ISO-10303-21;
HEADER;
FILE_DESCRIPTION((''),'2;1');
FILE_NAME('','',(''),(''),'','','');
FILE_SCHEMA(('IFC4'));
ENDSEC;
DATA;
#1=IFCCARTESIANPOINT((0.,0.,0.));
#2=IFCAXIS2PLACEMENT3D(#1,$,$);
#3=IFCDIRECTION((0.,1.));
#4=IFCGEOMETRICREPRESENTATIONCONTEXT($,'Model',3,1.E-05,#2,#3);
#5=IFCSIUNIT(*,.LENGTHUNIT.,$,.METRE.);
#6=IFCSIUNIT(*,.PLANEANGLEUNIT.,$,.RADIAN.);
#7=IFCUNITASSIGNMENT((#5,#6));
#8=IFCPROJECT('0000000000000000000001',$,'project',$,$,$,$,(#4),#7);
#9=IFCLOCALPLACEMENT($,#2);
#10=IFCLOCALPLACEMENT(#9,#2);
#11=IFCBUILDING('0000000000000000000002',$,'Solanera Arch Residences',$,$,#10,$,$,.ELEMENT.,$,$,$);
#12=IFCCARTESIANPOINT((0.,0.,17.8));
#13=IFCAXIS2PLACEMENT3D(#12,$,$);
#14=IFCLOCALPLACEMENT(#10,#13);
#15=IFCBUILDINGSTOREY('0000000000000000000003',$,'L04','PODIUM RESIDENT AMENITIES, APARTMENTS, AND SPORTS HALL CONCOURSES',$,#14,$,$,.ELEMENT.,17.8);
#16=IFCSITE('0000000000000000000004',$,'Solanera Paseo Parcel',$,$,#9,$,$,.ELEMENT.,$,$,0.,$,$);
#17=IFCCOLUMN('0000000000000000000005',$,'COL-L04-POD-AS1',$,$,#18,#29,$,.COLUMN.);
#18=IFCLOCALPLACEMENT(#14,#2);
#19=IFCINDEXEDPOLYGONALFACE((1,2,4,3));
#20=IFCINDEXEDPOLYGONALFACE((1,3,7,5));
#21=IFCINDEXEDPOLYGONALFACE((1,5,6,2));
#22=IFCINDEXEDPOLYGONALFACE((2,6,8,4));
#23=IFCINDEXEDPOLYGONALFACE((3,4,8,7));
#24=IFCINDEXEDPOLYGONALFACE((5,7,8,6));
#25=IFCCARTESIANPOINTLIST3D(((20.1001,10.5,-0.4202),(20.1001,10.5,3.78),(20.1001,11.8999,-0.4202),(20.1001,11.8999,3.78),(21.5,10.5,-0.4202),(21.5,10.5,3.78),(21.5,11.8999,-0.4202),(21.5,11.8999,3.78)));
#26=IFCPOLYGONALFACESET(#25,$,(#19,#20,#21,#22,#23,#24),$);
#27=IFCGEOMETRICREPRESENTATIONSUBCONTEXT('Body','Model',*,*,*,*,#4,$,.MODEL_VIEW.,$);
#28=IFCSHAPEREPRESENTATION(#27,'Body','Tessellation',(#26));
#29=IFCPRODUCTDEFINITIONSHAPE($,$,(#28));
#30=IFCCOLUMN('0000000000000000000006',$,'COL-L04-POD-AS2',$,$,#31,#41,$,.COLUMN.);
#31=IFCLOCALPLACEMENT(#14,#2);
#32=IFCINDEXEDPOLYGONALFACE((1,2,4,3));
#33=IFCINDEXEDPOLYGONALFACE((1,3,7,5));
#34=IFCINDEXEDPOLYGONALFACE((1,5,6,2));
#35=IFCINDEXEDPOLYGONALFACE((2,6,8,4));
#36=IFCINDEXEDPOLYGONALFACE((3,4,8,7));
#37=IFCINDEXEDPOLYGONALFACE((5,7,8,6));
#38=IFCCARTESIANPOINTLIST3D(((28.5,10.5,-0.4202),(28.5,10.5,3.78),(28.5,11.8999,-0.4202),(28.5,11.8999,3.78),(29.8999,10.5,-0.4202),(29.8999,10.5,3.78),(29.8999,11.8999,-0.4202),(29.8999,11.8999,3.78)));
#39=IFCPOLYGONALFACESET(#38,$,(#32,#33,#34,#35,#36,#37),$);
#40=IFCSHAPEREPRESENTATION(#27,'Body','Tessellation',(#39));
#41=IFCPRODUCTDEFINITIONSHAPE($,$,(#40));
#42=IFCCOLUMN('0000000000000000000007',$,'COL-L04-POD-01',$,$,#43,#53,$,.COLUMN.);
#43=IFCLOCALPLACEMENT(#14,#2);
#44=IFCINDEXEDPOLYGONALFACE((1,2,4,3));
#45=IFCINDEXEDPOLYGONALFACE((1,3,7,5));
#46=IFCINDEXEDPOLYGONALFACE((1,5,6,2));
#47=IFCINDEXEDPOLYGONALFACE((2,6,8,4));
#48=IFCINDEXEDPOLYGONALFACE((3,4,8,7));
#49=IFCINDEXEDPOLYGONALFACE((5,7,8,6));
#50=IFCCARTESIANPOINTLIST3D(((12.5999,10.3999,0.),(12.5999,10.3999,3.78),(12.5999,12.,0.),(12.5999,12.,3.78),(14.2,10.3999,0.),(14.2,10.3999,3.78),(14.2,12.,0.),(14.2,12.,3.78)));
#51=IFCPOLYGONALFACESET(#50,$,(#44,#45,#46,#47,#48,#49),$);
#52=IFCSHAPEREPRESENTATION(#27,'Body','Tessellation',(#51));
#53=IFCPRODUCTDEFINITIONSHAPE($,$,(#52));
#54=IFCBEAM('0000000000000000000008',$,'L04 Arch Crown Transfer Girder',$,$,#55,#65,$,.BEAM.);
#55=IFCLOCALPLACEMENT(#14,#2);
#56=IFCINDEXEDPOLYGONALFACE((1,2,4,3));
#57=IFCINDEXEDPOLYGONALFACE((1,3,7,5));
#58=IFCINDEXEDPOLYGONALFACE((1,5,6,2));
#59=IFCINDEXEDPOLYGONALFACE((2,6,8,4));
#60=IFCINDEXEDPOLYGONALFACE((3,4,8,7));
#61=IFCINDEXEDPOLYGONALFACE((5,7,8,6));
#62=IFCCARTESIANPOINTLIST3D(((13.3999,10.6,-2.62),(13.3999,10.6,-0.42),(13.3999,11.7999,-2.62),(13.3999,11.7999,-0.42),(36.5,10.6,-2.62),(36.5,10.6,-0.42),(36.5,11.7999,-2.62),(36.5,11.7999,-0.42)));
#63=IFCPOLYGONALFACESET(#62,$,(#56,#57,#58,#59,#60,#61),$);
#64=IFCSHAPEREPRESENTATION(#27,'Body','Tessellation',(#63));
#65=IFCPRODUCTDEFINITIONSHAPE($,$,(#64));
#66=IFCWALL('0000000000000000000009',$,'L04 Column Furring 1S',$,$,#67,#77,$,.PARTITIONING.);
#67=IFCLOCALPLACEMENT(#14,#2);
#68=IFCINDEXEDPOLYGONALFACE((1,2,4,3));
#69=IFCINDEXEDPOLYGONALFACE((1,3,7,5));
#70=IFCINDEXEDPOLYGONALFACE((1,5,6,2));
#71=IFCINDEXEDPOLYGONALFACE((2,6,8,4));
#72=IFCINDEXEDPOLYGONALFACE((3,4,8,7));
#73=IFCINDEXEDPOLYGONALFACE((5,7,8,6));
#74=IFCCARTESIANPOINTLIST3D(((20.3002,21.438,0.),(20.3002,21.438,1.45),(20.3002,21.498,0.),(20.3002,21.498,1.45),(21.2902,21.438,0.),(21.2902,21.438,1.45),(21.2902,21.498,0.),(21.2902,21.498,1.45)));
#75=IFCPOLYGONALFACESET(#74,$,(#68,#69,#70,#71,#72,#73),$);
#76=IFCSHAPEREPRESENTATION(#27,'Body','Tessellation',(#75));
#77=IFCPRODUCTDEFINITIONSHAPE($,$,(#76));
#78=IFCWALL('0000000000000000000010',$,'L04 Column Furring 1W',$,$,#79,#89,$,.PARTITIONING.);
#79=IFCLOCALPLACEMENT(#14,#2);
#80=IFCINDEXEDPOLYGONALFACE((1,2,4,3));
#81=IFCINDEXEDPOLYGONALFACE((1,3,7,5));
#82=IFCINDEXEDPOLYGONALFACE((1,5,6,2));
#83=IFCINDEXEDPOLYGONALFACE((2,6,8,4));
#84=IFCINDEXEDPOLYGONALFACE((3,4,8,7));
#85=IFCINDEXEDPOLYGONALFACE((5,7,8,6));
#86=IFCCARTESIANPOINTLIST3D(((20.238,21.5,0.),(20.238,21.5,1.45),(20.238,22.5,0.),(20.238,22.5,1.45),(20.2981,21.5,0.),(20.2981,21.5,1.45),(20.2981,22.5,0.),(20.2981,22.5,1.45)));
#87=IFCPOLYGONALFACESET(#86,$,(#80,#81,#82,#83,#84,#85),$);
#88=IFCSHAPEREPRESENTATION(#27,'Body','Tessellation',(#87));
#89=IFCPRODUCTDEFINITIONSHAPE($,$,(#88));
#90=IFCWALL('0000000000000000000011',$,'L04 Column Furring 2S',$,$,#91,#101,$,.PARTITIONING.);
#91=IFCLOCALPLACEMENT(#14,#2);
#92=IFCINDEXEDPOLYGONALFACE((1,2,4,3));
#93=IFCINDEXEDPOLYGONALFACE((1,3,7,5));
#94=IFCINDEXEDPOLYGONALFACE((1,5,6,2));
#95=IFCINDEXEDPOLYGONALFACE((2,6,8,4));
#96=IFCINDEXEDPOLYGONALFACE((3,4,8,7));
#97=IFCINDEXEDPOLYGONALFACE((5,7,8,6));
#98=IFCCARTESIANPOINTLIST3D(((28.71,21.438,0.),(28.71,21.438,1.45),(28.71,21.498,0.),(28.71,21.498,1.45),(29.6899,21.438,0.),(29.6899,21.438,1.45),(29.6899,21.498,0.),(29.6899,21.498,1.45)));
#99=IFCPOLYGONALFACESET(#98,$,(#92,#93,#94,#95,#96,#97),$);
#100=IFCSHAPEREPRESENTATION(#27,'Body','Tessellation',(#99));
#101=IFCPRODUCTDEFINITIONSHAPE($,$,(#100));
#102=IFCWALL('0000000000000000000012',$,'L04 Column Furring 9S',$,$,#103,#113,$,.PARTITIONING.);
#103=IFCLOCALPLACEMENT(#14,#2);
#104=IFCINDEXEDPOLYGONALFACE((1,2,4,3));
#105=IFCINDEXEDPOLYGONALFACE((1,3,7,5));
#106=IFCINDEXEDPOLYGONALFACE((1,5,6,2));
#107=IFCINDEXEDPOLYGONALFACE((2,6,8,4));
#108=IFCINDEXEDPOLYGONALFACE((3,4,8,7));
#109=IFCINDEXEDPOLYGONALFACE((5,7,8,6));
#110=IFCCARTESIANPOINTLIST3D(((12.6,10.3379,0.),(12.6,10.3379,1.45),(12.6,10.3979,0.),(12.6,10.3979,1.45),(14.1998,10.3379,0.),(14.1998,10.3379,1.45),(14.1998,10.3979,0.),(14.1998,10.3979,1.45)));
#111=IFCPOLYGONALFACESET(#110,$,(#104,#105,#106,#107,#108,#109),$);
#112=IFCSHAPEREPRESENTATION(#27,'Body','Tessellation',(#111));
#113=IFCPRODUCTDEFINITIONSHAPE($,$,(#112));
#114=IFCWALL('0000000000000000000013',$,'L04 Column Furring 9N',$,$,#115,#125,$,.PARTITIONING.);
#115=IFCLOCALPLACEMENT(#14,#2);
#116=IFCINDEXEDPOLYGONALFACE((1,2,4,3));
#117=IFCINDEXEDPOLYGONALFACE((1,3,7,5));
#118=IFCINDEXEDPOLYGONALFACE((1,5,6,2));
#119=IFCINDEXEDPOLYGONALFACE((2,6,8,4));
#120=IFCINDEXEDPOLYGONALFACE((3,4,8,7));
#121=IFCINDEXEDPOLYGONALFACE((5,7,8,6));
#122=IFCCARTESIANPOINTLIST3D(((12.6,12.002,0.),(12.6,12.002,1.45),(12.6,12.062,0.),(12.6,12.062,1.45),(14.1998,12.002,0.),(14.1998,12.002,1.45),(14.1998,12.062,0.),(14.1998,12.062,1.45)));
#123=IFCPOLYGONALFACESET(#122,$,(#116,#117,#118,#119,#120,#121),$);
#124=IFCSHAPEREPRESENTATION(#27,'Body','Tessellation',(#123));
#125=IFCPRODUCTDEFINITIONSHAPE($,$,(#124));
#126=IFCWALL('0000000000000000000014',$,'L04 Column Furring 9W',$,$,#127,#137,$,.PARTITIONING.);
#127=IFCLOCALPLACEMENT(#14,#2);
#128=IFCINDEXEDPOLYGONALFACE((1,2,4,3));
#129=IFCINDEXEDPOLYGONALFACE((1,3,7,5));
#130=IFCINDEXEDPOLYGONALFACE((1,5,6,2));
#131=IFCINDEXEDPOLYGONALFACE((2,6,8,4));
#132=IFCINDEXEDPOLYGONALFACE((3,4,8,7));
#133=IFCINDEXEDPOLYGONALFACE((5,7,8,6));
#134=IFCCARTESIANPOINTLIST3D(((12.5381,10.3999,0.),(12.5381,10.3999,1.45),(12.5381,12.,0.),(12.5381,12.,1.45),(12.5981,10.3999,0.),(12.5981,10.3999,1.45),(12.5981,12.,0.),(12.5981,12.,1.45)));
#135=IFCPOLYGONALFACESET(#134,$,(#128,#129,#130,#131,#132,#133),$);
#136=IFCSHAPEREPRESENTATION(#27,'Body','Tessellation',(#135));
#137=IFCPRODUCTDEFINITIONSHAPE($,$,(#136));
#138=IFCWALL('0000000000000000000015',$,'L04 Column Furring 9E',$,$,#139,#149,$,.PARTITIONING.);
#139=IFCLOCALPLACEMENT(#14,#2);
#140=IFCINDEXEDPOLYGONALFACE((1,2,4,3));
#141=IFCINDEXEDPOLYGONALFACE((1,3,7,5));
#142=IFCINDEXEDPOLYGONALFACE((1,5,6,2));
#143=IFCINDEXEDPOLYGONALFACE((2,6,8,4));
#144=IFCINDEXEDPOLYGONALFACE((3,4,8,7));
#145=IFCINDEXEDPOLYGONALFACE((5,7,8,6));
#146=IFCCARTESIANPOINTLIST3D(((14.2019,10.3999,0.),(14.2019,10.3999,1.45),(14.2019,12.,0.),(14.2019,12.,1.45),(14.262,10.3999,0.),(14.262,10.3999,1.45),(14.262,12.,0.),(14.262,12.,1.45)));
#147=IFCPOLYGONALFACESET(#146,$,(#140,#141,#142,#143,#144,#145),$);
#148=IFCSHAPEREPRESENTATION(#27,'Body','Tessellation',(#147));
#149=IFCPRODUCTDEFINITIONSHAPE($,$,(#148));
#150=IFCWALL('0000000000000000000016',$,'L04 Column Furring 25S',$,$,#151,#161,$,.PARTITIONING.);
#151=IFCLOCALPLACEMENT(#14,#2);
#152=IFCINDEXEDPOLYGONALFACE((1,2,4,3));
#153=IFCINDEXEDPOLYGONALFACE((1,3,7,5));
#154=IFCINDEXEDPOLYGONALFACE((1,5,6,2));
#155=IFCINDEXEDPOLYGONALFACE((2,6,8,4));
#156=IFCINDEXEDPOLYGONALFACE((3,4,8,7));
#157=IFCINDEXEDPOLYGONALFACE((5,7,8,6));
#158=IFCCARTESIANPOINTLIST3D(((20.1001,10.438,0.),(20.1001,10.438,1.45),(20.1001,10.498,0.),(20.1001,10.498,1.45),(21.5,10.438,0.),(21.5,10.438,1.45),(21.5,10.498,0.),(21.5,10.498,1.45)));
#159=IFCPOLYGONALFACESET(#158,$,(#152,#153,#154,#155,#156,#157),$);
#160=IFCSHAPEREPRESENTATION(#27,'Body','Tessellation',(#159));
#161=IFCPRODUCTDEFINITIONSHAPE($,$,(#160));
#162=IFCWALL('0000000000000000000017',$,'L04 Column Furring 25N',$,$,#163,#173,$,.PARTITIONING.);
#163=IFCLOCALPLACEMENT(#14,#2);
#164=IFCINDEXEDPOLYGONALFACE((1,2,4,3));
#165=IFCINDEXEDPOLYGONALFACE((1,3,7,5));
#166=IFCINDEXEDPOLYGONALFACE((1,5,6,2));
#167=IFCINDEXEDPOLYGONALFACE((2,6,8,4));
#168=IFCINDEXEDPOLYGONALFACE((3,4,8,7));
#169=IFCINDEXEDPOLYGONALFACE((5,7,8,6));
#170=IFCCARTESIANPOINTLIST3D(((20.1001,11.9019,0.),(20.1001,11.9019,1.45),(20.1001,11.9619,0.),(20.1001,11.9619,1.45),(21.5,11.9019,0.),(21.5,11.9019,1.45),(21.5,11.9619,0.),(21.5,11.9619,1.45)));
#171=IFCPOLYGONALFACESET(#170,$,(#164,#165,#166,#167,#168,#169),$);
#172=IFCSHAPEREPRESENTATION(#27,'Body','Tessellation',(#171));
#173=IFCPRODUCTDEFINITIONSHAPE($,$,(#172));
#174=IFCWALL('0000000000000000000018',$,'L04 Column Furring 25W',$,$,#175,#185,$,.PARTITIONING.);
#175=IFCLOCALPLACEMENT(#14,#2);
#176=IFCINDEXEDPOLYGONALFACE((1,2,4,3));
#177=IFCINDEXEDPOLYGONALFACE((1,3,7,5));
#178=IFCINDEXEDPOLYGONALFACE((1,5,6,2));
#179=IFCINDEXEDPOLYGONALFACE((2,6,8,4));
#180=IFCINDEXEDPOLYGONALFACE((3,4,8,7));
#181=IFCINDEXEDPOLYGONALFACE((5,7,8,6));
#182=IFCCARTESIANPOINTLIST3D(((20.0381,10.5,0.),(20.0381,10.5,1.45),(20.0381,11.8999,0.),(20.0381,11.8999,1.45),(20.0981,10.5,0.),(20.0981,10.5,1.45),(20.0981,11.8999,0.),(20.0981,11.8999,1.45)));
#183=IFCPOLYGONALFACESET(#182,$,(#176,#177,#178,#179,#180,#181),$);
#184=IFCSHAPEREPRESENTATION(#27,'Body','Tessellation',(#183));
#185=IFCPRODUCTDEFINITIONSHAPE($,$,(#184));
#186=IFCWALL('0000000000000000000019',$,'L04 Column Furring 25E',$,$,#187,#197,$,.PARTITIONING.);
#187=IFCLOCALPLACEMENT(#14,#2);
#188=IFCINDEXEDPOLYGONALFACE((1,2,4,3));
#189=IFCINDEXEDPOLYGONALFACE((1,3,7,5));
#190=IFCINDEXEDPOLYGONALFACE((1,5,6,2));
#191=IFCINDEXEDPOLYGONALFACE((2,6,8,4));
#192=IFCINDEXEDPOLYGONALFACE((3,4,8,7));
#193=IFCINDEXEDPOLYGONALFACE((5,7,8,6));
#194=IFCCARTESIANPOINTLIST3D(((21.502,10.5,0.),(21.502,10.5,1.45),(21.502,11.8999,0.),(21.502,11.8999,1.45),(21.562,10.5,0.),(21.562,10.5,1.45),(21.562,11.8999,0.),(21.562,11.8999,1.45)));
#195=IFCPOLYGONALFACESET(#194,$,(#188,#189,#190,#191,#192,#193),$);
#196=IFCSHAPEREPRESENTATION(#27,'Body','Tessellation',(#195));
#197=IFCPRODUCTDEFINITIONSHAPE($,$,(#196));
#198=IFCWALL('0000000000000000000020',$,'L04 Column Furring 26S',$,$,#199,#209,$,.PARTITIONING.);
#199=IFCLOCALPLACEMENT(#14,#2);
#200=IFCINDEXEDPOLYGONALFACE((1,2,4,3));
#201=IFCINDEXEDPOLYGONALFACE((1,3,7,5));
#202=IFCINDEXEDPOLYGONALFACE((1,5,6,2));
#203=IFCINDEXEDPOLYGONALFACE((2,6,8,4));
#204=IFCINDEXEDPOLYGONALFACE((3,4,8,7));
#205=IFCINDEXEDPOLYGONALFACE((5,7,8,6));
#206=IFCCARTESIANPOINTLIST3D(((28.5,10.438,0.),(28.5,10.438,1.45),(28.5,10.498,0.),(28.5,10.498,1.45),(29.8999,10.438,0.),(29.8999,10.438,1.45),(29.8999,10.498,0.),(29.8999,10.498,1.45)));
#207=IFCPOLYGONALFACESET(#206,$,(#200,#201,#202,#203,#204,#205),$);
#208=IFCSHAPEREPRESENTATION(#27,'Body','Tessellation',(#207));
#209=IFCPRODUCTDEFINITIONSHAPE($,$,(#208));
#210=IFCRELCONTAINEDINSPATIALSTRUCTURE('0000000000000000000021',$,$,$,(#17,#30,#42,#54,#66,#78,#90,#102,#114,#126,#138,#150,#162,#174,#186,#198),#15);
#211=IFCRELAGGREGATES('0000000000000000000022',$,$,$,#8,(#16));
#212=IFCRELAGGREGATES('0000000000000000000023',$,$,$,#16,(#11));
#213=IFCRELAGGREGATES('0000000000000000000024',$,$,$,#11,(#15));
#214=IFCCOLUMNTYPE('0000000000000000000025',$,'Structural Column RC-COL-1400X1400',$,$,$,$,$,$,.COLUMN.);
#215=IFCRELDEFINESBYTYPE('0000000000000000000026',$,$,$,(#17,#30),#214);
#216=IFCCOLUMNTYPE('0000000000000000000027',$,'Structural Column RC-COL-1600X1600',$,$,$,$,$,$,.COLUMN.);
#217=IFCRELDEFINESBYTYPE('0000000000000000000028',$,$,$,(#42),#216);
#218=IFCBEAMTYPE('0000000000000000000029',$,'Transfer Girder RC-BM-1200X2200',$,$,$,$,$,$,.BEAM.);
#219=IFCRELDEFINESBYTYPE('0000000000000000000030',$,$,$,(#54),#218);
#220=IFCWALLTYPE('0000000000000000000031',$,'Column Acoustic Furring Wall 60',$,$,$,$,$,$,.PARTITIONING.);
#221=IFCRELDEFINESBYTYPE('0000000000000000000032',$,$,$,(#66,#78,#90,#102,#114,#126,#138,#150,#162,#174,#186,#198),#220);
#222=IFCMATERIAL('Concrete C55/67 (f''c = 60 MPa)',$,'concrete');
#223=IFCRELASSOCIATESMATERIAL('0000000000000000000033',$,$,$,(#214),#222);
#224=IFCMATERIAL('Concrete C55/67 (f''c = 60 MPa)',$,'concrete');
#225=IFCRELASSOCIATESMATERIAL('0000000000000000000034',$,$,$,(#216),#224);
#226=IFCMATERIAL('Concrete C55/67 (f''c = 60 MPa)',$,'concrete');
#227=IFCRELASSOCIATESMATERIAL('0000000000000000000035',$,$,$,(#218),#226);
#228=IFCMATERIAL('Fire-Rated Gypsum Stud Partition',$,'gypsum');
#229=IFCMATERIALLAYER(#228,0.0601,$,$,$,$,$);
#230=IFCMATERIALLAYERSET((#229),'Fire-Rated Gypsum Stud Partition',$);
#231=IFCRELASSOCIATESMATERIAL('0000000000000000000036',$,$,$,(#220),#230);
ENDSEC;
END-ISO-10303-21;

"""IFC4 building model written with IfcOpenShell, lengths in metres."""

from ifc_helpers import new_model, si_unit, direction, frame, frame_2d, origin, origin_2d, place, context, subcontext, project, spatial, rectangle, extrude, material, layer, layer_set, material_profile, profile_set, type_object, element, save


model = new_model("IFC4")

# Units and contexts
model_context = context("Model", 3, precision=1e-05, world=origin(), true_north=direction((0.0, 1.0)))
body_context = subcontext(model_context, "Body", "Model", "MODEL_VIEW")
ifc_project = project(units=[si_unit("LENGTHUNIT", "METRE"), si_unit("PLANEANGLEUNIT", "RADIAN")], contexts=[model_context])

# Site, building, storey
site_placement = place(None, origin())
site = spatial("IfcSite", under=ifc_project, at=site_placement, Name="Solanera Paseo Parcel", CompositionType="ELEMENT", RefElevation=0.0)
building_placement = place(site_placement, origin())
building = spatial("IfcBuilding", under=site, at=building_placement, Name="Solanera Arch Residences", CompositionType="ELEMENT")
storey_placement = place(building_placement, frame((0.0, 0.0, 17.8)))
storey = spatial("IfcBuildingStorey", under=building, at=storey_placement, Name="L04", Description="PODIUM RESIDENT AMENITIES, APARTMENTS, AND SPORTS HALL CONCOURSES", CompositionType="ELEMENT", Elevation=17.8)

# Columns
ifc_material_1 = material(Name="Concrete C55/67 (f'c = 60 MPa)", Category="concrete")
ifc_material_profile_1 = material_profile(ifc_material_1, rectangle(XDim=1.3999, YDim=1.3999, at=origin_2d()))
ifc_profile_set_1 = profile_set([ifc_material_profile_1], Name="Concrete C55/67 (f'c = 60 MPa)")
column_type_1 = type_object("IfcColumnType", Name="Structural Column RC-COL-1400X1400", PredefinedType="COLUMN", material=ifc_profile_set_1)
for number, where, z_axis, x_axis, name in (
    (1, (20.8, 11.2, -0.4202), (0.0, 0.0, 1.0), (1.0, 0.0, 0.0), "COL-L04-POD-AS1"),
    (2, (29.2, 11.2, -0.4202), (0.0, 0.0, 1.0), (1.0, 0.0, 0.0), "COL-L04-POD-AS2"),
):
    element("IfcColumn", number, at=place(storey_placement, frame(where, z_axis=z_axis, x_axis=x_axis)), inside=storey, type_object=column_type_1, Name=name, PredefinedType="COLUMN", context=body_context, shape_type="SweptSolid", body=[
        extrude(rectangle(XDim=1.3999, YDim=1.3999, at=origin_2d()), origin(), (0.0, 0.0, 1.0), 4.2002),
    ])
ifc_material_2 = material(Name="Concrete C55/67 (f'c = 60 MPa)", Category="concrete")
ifc_material_profile_2 = material_profile(ifc_material_2, rectangle(XDim=1.6001, YDim=1.6001, at=origin_2d()))
ifc_profile_set_2 = profile_set([ifc_material_profile_2], Name="Concrete C55/67 (f'c = 60 MPa)")
column_type_2 = type_object("IfcColumnType", Name="Structural Column RC-COL-1600X1600", PredefinedType="COLUMN", material=ifc_profile_set_2)
column_placement = place(storey_placement, frame((13.3999, 11.2, 0.0), z_axis=(0.0, 0.0, 1.0), x_axis=(1.0, 0.0, 0.0)))
element("IfcColumn", 3, at=column_placement, inside=storey, type_object=column_type_2, Name="COL-L04-POD-01", PredefinedType="COLUMN", context=body_context, shape_type="SweptSolid", body=[
    extrude(rectangle(XDim=1.6001, YDim=1.6001, at=origin_2d()), origin(), (0.0, 0.0, 1.0), 3.78),
])

# Beam
ifc_material_3 = material(Name="Concrete C55/67 (f'c = 60 MPa)", Category="concrete")
ifc_material_profile_3 = material_profile(ifc_material_3, rectangle(XDim=1.2, YDim=2.2, at=origin_2d()))
ifc_profile_set_3 = profile_set([ifc_material_profile_3], Name="Concrete C55/67 (f'c = 60 MPa)")
beam_type = type_object("IfcBeamType", Name="Transfer Girder RC-BM-1200X2200", PredefinedType="BEAM", material=ifc_profile_set_3)
beam_placement = place(storey_placement, frame((13.3999, 11.2, -1.52), z_axis=(1.0, 0.0, 0.0), x_axis=(0.0, 1.0, 0.0)))
element("IfcBeam", 4, at=beam_placement, inside=storey, type_object=beam_type, Name="L04 Arch Crown Transfer Girder", PredefinedType="BEAM", context=body_context, shape_type="SweptSolid", body=[
    extrude(rectangle(XDim=1.2, YDim=2.2, at=origin_2d()), origin(), (0.0, 0.0, 1.0), 23.1001),
])

# Walls
ifc_material_4 = material(Name="Fire-Rated Gypsum Stud Partition", Category="gypsum")
ifc_layer_1 = layer(ifc_material_4, 0.0601)
ifc_layer_set_1 = layer_set([ifc_layer_1], Name="Fire-Rated Gypsum Stud Partition")
wall_type_1 = type_object("IfcWallType", Name="Column Acoustic Furring Wall 60", PredefinedType="PARTITIONING", material=ifc_layer_set_1)
wall_1_placement = place(storey_placement, frame((20.3, 21.468, 0.0), z_axis=(0.0, 0.0, 1.0), x_axis=(1.0, 0.0, 0.0)))
element("IfcWall", 5, at=wall_1_placement, inside=storey, type_object=wall_type_1, Name="L04 Column Furring 1S", PredefinedType="PARTITIONING", context=body_context, shape_type="SweptSolid", body=[
    extrude(rectangle(XDim=0.99, YDim=0.0601, at=frame_2d((0.4951, 0.0))), origin(), (0.0, 0.0, 1.0), 1.45),
])
wall_2_placement = place(storey_placement, frame((20.2681, 21.5, 0.0), z_axis=(0.0, 0.0, 1.0), x_axis=(0.0, 1.0, 0.0)))
element("IfcWall", 6, at=wall_2_placement, inside=storey, type_object=wall_type_1, Name="L04 Column Furring 1W", PredefinedType="PARTITIONING", context=body_context, shape_type="SweptSolid", body=[
    extrude(rectangle(XDim=1.0, YDim=0.0601, at=frame_2d((0.5, 0.0))), origin(), (0.0, 0.0, 1.0), 1.45),
])
wall_3_placement = place(storey_placement, frame((28.71, 21.468, 0.0), z_axis=(0.0, 0.0, 1.0), x_axis=(1.0, 0.0, 0.0)))
element("IfcWall", 7, at=wall_3_placement, inside=storey, type_object=wall_type_1, Name="L04 Column Furring 2S", PredefinedType="PARTITIONING", context=body_context, shape_type="SweptSolid", body=[
    extrude(rectangle(XDim=0.98, YDim=0.0601, at=frame_2d((0.49, 0.0))), origin(), (0.0, 0.0, 1.0), 1.45),
])
for number, where, z_axis, x_axis, name in (
    (8, (12.6001, 10.3679, 0.0), (0.0, 0.0, 1.0), (1.0, 0.0, 0.0), "L04 Column Furring 9S"),
    (9, (12.6001, 12.032, 0.0), (0.0, 0.0, 1.0), (1.0, 0.0, 0.0), "L04 Column Furring 9N"),
):
    element("IfcWall", number, at=place(storey_placement, frame(where, z_axis=z_axis, x_axis=x_axis)), inside=storey, type_object=wall_type_1, Name=name, PredefinedType="PARTITIONING", context=body_context, shape_type="SweptSolid", body=[
        extrude(rectangle(XDim=1.5999, YDim=0.0601, at=frame_2d((0.7998, 0.0))), origin(), (0.0, 0.0, 1.0), 1.45),
    ])
for number, where, z_axis, x_axis, name in (
    (10, (12.5681, 10.3999, 0.0), (0.0, 0.0, 1.0), (0.0, 1.0, 0.0), "L04 Column Furring 9W"),
    (11, (14.2319, 10.3999, 0.0), (0.0, 0.0, 1.0), (0.0, 1.0, 0.0), "L04 Column Furring 9E"),
):
    element("IfcWall", number, at=place(storey_placement, frame(where, z_axis=z_axis, x_axis=x_axis)), inside=storey, type_object=wall_type_1, Name=name, PredefinedType="PARTITIONING", context=body_context, shape_type="SweptSolid", body=[
        extrude(rectangle(XDim=1.6001, YDim=0.0601, at=frame_2d((0.8, 0.0))), origin(), (0.0, 0.0, 1.0), 1.45),
    ])
for number, where, z_axis, x_axis, name in (
    (12, (20.1001, 10.468, 0.0), (0.0, 0.0, 1.0), (1.0, 0.0, 0.0), "L04 Column Furring 25S"),
    (13, (20.1001, 11.9319, 0.0), (0.0, 0.0, 1.0), (1.0, 0.0, 0.0), "L04 Column Furring 25N"),
    (14, (20.0681, 10.5, 0.0), (0.0, 0.0, 1.0), (0.0, 1.0, 0.0), "L04 Column Furring 25W"),
    (15, (21.532, 10.5, 0.0), (0.0, 0.0, 1.0), (0.0, 1.0, 0.0), "L04 Column Furring 25E"),
    (16, (28.5, 10.468, 0.0), (0.0, 0.0, 1.0), (1.0, 0.0, 0.0), "L04 Column Furring 26S"),
):
    element("IfcWall", number, at=place(storey_placement, frame(where, z_axis=z_axis, x_axis=x_axis)), inside=storey, type_object=wall_type_1, Name=name, PredefinedType="PARTITIONING", context=body_context, shape_type="SweptSolid", body=[
        extrude(rectangle(XDim=1.3999, YDim=0.0601, at=frame_2d((0.7, 0.0))), origin(), (0.0, 0.0, 1.0), 1.45),
    ])

save(model, "model.ifc")
